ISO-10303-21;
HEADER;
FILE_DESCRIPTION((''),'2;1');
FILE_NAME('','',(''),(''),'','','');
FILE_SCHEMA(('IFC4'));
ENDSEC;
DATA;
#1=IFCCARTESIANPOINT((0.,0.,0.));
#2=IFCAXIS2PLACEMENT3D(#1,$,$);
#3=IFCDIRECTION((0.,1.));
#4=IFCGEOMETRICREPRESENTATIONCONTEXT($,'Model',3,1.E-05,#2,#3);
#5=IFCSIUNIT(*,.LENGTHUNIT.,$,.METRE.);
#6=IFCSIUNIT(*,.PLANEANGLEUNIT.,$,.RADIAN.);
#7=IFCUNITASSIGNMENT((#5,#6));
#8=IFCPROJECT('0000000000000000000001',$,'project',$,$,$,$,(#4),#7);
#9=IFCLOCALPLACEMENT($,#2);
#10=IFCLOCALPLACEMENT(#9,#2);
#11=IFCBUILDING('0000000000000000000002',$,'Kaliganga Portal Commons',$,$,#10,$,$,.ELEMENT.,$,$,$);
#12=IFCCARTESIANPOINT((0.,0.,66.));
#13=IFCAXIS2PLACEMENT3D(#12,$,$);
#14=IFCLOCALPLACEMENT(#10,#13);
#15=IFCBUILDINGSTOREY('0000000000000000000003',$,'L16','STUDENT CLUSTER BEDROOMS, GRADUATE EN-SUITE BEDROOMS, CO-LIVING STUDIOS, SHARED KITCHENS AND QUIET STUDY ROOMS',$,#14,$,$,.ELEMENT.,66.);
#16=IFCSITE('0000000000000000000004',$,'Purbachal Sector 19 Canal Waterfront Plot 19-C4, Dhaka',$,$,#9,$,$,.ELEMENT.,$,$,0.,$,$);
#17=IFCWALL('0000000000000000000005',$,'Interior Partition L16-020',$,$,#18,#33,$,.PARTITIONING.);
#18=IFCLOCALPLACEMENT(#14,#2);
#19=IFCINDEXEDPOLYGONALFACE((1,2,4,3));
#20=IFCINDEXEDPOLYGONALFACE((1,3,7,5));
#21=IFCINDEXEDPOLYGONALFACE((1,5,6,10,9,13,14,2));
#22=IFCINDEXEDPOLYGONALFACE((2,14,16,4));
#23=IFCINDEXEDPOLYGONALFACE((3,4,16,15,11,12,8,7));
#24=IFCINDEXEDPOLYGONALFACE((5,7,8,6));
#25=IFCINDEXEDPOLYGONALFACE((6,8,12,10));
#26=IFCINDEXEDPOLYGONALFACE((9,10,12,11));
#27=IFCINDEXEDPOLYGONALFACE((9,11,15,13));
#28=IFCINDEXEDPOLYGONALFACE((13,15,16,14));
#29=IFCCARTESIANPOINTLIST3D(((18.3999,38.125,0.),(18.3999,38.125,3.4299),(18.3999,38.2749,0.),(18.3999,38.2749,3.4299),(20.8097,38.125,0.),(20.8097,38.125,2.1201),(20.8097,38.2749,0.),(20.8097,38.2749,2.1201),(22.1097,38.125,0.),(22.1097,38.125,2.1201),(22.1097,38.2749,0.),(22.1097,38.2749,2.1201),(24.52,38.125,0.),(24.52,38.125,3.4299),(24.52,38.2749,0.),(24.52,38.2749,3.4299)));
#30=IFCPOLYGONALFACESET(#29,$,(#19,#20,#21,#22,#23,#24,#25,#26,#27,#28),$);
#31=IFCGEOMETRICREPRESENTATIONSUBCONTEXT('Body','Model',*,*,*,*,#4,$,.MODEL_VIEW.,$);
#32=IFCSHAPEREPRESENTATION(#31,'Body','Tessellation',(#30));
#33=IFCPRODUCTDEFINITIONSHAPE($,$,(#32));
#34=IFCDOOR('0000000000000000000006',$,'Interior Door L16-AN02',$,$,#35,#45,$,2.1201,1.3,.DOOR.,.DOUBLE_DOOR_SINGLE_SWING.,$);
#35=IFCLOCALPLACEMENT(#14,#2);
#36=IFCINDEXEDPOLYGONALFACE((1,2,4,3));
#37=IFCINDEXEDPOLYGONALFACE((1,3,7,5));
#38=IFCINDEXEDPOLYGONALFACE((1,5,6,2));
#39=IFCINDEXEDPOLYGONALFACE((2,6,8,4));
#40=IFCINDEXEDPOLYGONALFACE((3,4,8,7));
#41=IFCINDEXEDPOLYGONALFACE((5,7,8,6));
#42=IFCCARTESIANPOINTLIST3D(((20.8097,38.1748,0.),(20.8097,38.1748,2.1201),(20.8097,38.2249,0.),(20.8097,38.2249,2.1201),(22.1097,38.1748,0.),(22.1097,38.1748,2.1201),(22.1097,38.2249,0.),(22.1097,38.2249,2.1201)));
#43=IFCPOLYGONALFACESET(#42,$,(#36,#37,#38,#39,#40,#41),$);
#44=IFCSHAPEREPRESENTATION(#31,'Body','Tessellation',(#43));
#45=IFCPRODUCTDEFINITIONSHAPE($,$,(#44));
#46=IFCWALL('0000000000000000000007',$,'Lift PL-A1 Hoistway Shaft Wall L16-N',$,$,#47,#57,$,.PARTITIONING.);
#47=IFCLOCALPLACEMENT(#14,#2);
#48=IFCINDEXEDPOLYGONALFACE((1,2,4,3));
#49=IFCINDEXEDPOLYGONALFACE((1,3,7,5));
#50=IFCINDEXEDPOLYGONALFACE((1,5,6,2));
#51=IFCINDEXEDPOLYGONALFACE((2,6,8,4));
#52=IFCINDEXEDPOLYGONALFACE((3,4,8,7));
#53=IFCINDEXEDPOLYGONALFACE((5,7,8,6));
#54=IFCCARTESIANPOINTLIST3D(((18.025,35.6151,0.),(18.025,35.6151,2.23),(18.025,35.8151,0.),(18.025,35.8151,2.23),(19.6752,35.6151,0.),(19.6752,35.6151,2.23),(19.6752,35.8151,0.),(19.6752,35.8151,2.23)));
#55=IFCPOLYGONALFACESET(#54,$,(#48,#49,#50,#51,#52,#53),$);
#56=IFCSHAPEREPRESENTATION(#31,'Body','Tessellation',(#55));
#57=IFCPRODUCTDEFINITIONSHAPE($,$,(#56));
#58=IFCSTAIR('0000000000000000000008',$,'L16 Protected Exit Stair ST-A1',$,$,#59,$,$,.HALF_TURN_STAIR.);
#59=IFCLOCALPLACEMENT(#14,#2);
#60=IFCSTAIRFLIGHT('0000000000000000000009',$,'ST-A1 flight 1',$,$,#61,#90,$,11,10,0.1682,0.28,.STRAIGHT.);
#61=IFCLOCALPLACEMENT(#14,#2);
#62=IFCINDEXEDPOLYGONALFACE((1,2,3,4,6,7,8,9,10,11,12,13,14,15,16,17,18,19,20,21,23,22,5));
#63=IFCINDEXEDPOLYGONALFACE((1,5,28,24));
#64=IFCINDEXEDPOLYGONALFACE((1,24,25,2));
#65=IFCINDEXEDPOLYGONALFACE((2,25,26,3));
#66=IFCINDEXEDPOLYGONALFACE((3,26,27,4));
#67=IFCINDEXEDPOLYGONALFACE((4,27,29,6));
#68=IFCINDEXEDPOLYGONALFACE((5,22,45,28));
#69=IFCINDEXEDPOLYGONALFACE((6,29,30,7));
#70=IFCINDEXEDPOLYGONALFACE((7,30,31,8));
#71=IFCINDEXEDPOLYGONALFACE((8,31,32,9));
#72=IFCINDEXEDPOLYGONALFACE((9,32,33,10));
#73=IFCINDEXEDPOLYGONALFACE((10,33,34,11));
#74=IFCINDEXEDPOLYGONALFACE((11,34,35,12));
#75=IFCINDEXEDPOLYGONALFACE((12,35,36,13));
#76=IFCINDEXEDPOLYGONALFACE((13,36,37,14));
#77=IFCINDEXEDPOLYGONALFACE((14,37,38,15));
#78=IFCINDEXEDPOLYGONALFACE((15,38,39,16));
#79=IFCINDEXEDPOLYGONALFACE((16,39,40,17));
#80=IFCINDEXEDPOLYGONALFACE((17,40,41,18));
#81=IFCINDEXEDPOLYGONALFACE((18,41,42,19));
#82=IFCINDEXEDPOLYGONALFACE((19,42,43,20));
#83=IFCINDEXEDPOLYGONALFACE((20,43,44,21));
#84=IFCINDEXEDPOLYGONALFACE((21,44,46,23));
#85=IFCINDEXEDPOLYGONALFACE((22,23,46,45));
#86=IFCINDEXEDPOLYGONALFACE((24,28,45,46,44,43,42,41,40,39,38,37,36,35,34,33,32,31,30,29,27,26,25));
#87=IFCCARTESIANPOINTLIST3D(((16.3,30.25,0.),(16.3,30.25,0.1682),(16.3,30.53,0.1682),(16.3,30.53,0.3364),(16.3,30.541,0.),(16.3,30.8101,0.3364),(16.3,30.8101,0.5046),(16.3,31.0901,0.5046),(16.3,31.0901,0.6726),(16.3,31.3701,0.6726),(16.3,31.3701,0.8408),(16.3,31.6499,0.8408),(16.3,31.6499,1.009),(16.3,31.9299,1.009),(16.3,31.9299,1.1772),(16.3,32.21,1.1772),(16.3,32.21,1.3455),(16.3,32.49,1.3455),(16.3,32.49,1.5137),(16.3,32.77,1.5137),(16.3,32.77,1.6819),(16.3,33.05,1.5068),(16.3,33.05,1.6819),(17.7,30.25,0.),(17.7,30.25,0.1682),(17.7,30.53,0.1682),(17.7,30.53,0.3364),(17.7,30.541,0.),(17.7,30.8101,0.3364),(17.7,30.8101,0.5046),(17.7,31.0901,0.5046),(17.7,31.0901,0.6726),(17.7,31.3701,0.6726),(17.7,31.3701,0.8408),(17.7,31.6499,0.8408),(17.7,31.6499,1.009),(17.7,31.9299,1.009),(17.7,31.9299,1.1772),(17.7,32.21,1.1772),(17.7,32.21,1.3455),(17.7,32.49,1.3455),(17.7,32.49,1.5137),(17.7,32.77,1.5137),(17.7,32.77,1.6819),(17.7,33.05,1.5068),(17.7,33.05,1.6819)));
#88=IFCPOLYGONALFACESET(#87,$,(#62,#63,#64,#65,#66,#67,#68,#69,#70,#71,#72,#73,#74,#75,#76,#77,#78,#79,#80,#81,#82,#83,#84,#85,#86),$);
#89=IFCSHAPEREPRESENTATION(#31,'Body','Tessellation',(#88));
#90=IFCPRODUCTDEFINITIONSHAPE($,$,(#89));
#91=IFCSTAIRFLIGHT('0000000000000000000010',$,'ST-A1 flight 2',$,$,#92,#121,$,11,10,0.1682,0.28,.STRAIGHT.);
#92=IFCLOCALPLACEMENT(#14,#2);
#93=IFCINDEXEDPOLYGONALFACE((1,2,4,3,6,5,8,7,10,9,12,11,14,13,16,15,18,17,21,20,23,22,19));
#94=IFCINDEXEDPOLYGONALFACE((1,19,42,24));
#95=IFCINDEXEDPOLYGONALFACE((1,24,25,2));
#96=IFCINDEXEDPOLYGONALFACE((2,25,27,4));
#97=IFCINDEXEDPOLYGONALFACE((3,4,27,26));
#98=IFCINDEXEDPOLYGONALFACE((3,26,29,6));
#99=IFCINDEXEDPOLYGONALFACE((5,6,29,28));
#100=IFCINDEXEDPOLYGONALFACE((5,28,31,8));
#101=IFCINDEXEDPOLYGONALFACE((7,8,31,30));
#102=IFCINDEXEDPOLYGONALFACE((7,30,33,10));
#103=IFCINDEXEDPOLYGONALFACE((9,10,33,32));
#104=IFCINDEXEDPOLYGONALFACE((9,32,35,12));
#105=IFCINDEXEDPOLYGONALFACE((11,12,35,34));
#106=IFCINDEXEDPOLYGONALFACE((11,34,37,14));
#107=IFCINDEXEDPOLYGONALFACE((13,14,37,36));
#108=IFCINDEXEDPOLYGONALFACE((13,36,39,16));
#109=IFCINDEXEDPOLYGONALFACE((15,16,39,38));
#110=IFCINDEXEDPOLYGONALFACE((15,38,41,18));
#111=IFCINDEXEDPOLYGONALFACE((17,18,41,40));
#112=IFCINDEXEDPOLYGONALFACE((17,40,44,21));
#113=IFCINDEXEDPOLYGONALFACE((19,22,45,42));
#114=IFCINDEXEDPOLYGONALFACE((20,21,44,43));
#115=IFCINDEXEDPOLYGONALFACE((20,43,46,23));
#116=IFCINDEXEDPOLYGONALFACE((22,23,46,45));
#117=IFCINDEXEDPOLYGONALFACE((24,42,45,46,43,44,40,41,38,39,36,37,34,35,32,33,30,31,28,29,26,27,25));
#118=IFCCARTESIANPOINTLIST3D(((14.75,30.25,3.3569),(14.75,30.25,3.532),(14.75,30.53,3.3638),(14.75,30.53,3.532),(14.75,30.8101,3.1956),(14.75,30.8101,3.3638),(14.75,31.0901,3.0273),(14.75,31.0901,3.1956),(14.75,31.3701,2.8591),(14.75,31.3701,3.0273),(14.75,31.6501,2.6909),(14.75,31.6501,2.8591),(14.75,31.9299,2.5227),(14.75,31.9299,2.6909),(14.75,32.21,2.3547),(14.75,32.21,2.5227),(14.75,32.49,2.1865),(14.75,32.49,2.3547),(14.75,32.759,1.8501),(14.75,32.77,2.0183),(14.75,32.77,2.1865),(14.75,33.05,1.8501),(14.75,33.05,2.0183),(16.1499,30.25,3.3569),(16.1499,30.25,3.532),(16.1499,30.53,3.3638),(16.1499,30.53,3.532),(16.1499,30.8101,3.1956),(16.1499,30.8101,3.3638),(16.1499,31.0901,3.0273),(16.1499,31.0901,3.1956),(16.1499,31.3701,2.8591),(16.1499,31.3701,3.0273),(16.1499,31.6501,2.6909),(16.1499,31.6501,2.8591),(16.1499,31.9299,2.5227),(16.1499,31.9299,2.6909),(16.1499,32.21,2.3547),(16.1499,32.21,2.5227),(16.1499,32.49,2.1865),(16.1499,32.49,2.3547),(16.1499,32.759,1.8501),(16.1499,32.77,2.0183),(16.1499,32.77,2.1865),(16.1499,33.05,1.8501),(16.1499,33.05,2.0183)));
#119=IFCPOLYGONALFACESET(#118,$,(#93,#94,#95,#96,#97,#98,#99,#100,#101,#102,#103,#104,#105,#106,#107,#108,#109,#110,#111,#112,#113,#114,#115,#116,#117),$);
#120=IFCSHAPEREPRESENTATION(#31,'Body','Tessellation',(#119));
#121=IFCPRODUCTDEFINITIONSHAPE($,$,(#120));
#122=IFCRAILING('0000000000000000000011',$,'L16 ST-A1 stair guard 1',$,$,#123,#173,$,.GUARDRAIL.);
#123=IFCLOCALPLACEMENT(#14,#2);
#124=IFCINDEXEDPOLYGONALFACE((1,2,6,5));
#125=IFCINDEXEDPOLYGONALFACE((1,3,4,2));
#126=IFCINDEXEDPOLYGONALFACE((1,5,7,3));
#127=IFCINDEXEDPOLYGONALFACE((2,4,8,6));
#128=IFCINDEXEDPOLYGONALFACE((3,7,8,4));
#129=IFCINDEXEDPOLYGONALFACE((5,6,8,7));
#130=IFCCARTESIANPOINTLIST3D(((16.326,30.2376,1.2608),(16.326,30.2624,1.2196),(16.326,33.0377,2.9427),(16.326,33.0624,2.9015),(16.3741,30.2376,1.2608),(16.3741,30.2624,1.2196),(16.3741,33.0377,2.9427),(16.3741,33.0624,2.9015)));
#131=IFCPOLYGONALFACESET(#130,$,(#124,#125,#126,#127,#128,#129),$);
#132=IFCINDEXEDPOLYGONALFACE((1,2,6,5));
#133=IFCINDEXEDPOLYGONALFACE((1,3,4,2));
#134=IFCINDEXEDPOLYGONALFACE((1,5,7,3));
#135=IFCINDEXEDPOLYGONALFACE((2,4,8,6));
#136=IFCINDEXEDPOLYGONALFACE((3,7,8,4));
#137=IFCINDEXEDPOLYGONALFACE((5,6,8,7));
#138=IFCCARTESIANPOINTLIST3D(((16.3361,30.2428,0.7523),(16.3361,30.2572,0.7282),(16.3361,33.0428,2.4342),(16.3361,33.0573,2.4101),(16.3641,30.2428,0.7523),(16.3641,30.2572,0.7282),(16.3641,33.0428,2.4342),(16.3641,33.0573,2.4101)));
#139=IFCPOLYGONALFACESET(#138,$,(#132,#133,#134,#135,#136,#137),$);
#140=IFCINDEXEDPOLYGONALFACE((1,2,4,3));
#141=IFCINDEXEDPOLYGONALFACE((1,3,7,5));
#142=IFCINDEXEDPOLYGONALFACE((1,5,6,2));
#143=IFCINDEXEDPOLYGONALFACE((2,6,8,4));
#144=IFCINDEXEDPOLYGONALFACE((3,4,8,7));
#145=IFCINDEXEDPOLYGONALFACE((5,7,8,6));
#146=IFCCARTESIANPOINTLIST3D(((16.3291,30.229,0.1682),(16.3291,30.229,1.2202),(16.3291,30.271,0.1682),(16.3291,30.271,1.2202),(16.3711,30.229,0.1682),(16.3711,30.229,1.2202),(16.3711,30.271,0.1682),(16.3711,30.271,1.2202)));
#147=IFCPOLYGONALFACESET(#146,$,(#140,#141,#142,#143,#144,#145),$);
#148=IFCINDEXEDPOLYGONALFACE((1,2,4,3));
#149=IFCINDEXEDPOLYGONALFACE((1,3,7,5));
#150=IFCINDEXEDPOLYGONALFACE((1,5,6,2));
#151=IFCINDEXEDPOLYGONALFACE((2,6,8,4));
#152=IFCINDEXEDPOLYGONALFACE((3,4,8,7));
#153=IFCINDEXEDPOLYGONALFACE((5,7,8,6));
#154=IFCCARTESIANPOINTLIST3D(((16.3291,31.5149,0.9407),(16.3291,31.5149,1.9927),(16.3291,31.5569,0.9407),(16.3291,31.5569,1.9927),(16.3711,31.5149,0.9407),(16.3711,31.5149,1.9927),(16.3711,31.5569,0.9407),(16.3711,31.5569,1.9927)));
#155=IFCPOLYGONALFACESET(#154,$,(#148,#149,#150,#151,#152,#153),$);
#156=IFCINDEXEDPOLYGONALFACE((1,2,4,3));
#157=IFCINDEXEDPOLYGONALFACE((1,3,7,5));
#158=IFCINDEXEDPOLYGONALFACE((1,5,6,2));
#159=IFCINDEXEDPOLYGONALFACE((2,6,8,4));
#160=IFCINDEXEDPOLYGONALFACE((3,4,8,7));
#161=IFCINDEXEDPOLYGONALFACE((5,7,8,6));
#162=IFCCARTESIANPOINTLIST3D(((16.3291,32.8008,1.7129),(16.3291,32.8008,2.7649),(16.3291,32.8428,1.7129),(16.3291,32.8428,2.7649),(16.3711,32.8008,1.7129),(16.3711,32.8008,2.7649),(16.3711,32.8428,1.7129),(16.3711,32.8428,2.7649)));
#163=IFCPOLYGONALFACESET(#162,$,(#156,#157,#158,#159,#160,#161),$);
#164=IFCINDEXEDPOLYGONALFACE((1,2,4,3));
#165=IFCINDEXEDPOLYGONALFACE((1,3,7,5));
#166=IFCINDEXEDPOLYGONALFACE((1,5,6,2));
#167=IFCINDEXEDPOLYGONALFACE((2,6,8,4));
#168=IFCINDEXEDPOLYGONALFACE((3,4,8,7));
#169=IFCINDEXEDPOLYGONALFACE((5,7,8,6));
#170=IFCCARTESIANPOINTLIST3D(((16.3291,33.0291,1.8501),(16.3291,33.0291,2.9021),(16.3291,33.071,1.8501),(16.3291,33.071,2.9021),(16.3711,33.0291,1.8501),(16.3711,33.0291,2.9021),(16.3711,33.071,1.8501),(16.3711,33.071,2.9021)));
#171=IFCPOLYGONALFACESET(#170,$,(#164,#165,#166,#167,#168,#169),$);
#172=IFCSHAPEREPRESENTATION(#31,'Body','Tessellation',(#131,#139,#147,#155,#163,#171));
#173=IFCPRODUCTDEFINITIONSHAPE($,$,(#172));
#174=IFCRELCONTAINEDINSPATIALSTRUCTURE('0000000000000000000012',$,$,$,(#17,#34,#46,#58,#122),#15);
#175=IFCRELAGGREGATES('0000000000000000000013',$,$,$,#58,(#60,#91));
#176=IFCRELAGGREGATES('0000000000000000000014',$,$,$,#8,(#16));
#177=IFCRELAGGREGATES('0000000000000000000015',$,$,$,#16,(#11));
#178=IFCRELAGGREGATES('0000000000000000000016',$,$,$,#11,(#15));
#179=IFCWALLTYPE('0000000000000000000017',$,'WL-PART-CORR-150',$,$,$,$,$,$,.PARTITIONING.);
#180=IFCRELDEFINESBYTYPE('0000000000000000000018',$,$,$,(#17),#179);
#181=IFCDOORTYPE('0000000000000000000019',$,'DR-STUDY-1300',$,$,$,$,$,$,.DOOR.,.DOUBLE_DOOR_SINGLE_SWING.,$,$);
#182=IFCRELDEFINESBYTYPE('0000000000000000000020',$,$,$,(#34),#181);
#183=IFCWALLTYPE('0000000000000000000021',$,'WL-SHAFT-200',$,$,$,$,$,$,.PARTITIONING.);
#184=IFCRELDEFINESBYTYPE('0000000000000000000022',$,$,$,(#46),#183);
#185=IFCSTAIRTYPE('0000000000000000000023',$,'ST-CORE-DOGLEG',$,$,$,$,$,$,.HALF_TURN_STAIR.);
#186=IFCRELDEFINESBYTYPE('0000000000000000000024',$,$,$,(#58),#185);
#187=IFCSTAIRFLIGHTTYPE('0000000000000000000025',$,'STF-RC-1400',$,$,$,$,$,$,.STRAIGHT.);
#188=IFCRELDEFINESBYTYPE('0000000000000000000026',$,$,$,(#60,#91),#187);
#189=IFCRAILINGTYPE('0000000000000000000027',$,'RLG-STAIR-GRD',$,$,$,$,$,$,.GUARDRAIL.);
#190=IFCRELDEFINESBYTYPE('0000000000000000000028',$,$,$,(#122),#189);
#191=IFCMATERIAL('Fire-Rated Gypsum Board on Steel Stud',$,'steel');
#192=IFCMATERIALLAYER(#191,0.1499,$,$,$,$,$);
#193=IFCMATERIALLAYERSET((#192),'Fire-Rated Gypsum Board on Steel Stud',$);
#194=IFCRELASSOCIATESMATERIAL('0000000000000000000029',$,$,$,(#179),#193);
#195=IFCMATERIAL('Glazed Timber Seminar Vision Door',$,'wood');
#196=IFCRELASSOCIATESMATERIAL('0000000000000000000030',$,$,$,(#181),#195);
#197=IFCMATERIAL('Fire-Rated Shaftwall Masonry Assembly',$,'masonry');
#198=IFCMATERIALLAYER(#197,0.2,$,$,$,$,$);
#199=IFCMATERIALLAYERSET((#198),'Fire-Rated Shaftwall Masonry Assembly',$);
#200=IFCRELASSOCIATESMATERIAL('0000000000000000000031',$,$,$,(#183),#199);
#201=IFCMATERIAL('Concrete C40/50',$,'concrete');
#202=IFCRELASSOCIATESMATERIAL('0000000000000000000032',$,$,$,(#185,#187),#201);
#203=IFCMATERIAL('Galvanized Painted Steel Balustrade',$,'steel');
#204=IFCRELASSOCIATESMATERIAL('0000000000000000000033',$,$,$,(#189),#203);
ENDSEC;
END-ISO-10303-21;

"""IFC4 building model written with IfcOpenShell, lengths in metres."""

from ifc_helpers import new_model, si_unit, direction, frame, frame_2d, origin, origin_2d, place, context, subcontext, project, spatial, polyline, rectangle, outline, extrude, material, layer, layer_set, type_object, element, fill, aggregate, save


model = new_model("IFC4")

# Units and contexts
model_context = context("Model", 3, precision=1e-05, world=origin(), true_north=direction((0.0, 1.0)))
body_context = subcontext(model_context, "Body", "Model", "MODEL_VIEW")
ifc_project = project(units=[si_unit("LENGTHUNIT", "METRE"), si_unit("PLANEANGLEUNIT", "RADIAN")], contexts=[model_context])

# Site, building, storey
site_placement = place(None, origin())
site = spatial("IfcSite", under=ifc_project, at=site_placement, Name="Purbachal Sector 19 Canal Waterfront Plot 19-C4, Dhaka", CompositionType="ELEMENT", RefElevation=0.0)
building_placement = place(site_placement, origin())
building = spatial("IfcBuilding", under=site, at=building_placement, Name="Kaliganga Portal Commons", CompositionType="ELEMENT")
storey_placement = place(building_placement, frame((0.0, 0.0, 66.0)))
storey = spatial("IfcBuildingStorey", under=building, at=storey_placement, Name="L16", Description="STUDENT CLUSTER BEDROOMS, GRADUATE EN-SUITE BEDROOMS, CO-LIVING STUDIOS, SHARED KITCHENS AND QUIET STUDY ROOMS", CompositionType="ELEMENT", Elevation=66.0)

# Wall, opening, door
ifc_material_1 = material(Name="Fire-Rated Gypsum Board on Steel Stud", Category="steel")
ifc_layer_1 = layer(ifc_material_1, 0.1499)
ifc_layer_set_1 = layer_set([ifc_layer_1], Name="Fire-Rated Gypsum Board on Steel Stud")
wall_type_1 = type_object("IfcWallType", Name="WL-PART-CORR-150", PredefinedType="PARTITIONING", material=ifc_layer_set_1)
wall_1_placement = place(storey_placement, frame((18.3999, 38.2, 0.0), z_axis=(0.0, 0.0, 1.0), x_axis=(1.0, 0.0, 0.0)))
wall_1 = element("IfcWall", 1, at=wall_1_placement, inside=storey, type_object=wall_type_1, Name="Interior Partition L16-020", PredefinedType="PARTITIONING", context=body_context, shape_type="SweptSolid", body=[
    extrude(rectangle(XDim=6.1201, YDim=0.1499, at=frame_2d((3.0601, 0.0))), origin(), (0.0, 0.0, 1.0), 3.4299),
])
opening_1_placement = place(wall_1_placement, frame((2.4099, 0.0, 0.0)))
opening_1 = element("IfcOpeningElement", 2, at=opening_1_placement, cuts=wall_1, PredefinedType="OPENING", context=body_context, shape_type="SweptSolid", body=[
    extrude(rectangle(XDim=1.3, YDim=2.1201, at=frame_2d((0.6499, 1.0601))), frame((0.0, 0.085, 0.0), z_axis=(0.0, -1.0, 0.0), x_axis=(1.0, 0.0, 0.0)), (0.0, 0.0, 1.0), 0.1699),
])
ifc_material_2 = material(Name="Glazed Timber Seminar Vision Door", Category="wood")
door_type_1 = type_object("IfcDoorType", Name="DR-STUDY-1300", OperationType="DOUBLE_DOOR_SINGLE_SWING", PredefinedType="DOOR", material=ifc_material_2)
door_1_placement = place(opening_1_placement, origin())
door_1 = element("IfcDoor", 3, at=door_1_placement, inside=storey, type_object=door_type_1, Name="Interior Door L16-AN02", OperationType="DOUBLE_DOOR_SINGLE_SWING", OverallHeight=2.1201, OverallWidth=1.3, PredefinedType="DOOR", context=body_context, shape_type="SweptSolid", body=[
    extrude(rectangle(XDim=1.3, YDim=2.1201, at=frame_2d((0.6499, 1.0601))), frame((0.0, 0.0249, 0.0), z_axis=(0.0, -1.0, 0.0), x_axis=(1.0, 0.0, 0.0)), (0.0, 0.0, 1.0), 0.05),
])
fill(opening_1, door_1)
ifc_material_3 = material(Name="Fire-Rated Shaftwall Masonry Assembly", Category="masonry")
ifc_layer_2 = layer(ifc_material_3, 0.2)
ifc_layer_set_2 = layer_set([ifc_layer_2], Name="Fire-Rated Shaftwall Masonry Assembly")
wall_type_2 = type_object("IfcWallType", Name="WL-SHAFT-200", PredefinedType="PARTITIONING", material=ifc_layer_set_2)

# Wall
wall_2_placement = place(storey_placement, frame((18.0249, 35.7151, 0.0), z_axis=(0.0, 0.0, 1.0), x_axis=(1.0, 0.0, 0.0)))
element("IfcWall", 4, at=wall_2_placement, inside=storey, type_object=wall_type_2, Name="Lift PL-A1 Hoistway Shaft Wall L16-N", PredefinedType="PARTITIONING", context=body_context, shape_type="SweptSolid", body=[
    extrude(rectangle(XDim=1.6501, YDim=0.2, at=frame_2d((0.8252, 0.0))), origin(), (0.0, 0.0, 1.0), 2.23),
])

# Stair, stair flights
ifc_material_4 = material(Name="Concrete C40/50", Category="concrete")
stair_type = type_object("IfcStairType", Name="ST-CORE-DOGLEG", PredefinedType="HALF_TURN_STAIR", material=ifc_material_4)
stair_placement = place(storey_placement, origin())
stair = element("IfcStair", 5, at=stair_placement, inside=storey, type_object=stair_type, Name="L16 Protected Exit Stair ST-A1", PredefinedType="HALF_TURN_STAIR")
stair_flight_type = type_object("IfcStairFlightType", Name="STF-RC-1400", PredefinedType="STRAIGHT", material=ifc_material_4)
stair_flight_1_placement = place(storey_placement, frame((17.0, 30.25, 0.0), z_axis=(0.0, 0.0, 1.0), x_axis=(0.0, 1.0, 0.0)))
stair_flight_1 = element("IfcStairFlight", 6, at=stair_flight_1_placement, type_object=stair_flight_type, Name="ST-A1 flight 1", NumberOfRisers=11, NumberOfTreads=10, PredefinedType="STRAIGHT", RiserHeight=0.1682, TreadLength=0.28, context=body_context, shape_type="SweptSolid", body=[
    extrude(outline(polyline([(0.0, 0.0), (0.0, 0.1682), (0.28, 0.1682), (0.28, 0.3364), (0.5601, 0.3364), (0.5601, 0.5046), (0.8401, 0.5046), (0.8401, 0.6726), (1.1201, 0.6726), (1.1201, 0.8408), (1.3999, 0.8408), (1.3999, 1.009), (1.6799, 1.009), (1.6799, 1.1772), (1.96, 1.1772), (1.96, 1.3455), (2.24, 1.3455), (2.24, 1.5137), (2.52, 1.5137), (2.52, 1.6819), (2.8, 1.6819), (2.8, 1.8501), (2.8, 1.5068), (0.291, 0.0), (0.0, 0.0)])), frame((0.0, 0.7, 0.0), z_axis=(0.0, -1.0, 0.0), x_axis=(1.0, 0.0, 0.0)), (0.0, 0.0, 1.0), 1.3999),
])
stair_flight_2_placement = place(storey_placement, frame((15.45, 33.05, 1.8501), z_axis=(0.0, 0.0, 1.0), x_axis=(0.0, -1.0, 0.0)))
stair_flight_2 = element("IfcStairFlight", 7, at=stair_flight_2_placement, type_object=stair_flight_type, Name="ST-A1 flight 2", NumberOfRisers=11, NumberOfTreads=10, PredefinedType="STRAIGHT", RiserHeight=0.1682, TreadLength=0.28, context=body_context, shape_type="SweptSolid", body=[
    extrude(outline(polyline([(0.0, 0.0), (0.0, 0.1682), (0.28, 0.1682), (0.28, 0.3364), (0.5601, 0.3364), (0.5601, 0.5046), (0.8401, 0.5046), (0.8401, 0.6726), (1.1201, 0.6726), (1.1201, 0.8408), (1.3999, 0.8408), (1.3999, 1.009), (1.6799, 1.009), (1.6799, 1.1772), (1.96, 1.1772), (1.96, 1.3455), (2.24, 1.3455), (2.24, 1.5137), (2.52, 1.5137), (2.52, 1.6819), (2.8, 1.6819), (2.8, 1.8501), (2.8, 1.5068), (0.291, 0.0), (0.0, 0.0)])), frame((0.0, 0.7, 0.0), z_axis=(0.0, -1.0, 0.0), x_axis=(1.0, 0.0, 0.0)), (0.0, 0.0, 1.0), 1.3999),
])
aggregate(stair, [stair_flight_1, stair_flight_2])

# Railing
ifc_material_5 = material(Name="Galvanized Painted Steel Balustrade", Category="steel")
railing_type_1 = type_object("IfcRailingType", Name="RLG-STAIR-GRD", PredefinedType="GUARDRAIL", material=ifc_material_5)
railing_1_placement = place(storey_placement, frame((16.3501, 30.25, 0.1682)))
element("IfcRailing", 8, at=railing_1_placement, inside=storey, type_object=railing_type_1, Name="L16 ST-A1 stair guard 1", PredefinedType="GUARDRAIL", context=body_context, shape_type="SweptSolid", body=[
    extrude(rectangle(XDim=0.0481, YDim=0.0481, at=origin_2d()), frame((0.0, 0.0, 1.072), z_axis=(0.0, 0.857242, 0.514913), x_axis=(-1.0, 0.0, 0.0)), (0.0, 0.0, 1.0), 3.2664),
    extrude(rectangle(XDim=0.0281, YDim=0.0281, at=origin_2d()), frame((0.0, 0.0, 0.572), z_axis=(0.0, 0.857242, 0.514913), x_axis=(-1.0, 0.0, 0.0)), (0.0, 0.0, 1.0), 3.2664),
    extrude(rectangle(XDim=0.042, YDim=0.042, at=origin_2d()), origin(), (0.0, 0.0, 1.0), 1.052),
    extrude(rectangle(XDim=0.042, YDim=0.042, at=origin_2d()), frame((0.0, 1.2859, 0.7725)), (0.0, 0.0, 1.0), 1.052),
    extrude(rectangle(XDim=0.042, YDim=0.042, at=origin_2d()), frame((0.0, 2.5718, 1.5447)), (0.0, 0.0, 1.0), 1.052),
    extrude(rectangle(XDim=0.042, YDim=0.042, at=origin_2d()), frame((0.0, 2.8, 1.6819)), (0.0, 0.0, 1.0), 1.052),
])

save(model, "model.ifc")
